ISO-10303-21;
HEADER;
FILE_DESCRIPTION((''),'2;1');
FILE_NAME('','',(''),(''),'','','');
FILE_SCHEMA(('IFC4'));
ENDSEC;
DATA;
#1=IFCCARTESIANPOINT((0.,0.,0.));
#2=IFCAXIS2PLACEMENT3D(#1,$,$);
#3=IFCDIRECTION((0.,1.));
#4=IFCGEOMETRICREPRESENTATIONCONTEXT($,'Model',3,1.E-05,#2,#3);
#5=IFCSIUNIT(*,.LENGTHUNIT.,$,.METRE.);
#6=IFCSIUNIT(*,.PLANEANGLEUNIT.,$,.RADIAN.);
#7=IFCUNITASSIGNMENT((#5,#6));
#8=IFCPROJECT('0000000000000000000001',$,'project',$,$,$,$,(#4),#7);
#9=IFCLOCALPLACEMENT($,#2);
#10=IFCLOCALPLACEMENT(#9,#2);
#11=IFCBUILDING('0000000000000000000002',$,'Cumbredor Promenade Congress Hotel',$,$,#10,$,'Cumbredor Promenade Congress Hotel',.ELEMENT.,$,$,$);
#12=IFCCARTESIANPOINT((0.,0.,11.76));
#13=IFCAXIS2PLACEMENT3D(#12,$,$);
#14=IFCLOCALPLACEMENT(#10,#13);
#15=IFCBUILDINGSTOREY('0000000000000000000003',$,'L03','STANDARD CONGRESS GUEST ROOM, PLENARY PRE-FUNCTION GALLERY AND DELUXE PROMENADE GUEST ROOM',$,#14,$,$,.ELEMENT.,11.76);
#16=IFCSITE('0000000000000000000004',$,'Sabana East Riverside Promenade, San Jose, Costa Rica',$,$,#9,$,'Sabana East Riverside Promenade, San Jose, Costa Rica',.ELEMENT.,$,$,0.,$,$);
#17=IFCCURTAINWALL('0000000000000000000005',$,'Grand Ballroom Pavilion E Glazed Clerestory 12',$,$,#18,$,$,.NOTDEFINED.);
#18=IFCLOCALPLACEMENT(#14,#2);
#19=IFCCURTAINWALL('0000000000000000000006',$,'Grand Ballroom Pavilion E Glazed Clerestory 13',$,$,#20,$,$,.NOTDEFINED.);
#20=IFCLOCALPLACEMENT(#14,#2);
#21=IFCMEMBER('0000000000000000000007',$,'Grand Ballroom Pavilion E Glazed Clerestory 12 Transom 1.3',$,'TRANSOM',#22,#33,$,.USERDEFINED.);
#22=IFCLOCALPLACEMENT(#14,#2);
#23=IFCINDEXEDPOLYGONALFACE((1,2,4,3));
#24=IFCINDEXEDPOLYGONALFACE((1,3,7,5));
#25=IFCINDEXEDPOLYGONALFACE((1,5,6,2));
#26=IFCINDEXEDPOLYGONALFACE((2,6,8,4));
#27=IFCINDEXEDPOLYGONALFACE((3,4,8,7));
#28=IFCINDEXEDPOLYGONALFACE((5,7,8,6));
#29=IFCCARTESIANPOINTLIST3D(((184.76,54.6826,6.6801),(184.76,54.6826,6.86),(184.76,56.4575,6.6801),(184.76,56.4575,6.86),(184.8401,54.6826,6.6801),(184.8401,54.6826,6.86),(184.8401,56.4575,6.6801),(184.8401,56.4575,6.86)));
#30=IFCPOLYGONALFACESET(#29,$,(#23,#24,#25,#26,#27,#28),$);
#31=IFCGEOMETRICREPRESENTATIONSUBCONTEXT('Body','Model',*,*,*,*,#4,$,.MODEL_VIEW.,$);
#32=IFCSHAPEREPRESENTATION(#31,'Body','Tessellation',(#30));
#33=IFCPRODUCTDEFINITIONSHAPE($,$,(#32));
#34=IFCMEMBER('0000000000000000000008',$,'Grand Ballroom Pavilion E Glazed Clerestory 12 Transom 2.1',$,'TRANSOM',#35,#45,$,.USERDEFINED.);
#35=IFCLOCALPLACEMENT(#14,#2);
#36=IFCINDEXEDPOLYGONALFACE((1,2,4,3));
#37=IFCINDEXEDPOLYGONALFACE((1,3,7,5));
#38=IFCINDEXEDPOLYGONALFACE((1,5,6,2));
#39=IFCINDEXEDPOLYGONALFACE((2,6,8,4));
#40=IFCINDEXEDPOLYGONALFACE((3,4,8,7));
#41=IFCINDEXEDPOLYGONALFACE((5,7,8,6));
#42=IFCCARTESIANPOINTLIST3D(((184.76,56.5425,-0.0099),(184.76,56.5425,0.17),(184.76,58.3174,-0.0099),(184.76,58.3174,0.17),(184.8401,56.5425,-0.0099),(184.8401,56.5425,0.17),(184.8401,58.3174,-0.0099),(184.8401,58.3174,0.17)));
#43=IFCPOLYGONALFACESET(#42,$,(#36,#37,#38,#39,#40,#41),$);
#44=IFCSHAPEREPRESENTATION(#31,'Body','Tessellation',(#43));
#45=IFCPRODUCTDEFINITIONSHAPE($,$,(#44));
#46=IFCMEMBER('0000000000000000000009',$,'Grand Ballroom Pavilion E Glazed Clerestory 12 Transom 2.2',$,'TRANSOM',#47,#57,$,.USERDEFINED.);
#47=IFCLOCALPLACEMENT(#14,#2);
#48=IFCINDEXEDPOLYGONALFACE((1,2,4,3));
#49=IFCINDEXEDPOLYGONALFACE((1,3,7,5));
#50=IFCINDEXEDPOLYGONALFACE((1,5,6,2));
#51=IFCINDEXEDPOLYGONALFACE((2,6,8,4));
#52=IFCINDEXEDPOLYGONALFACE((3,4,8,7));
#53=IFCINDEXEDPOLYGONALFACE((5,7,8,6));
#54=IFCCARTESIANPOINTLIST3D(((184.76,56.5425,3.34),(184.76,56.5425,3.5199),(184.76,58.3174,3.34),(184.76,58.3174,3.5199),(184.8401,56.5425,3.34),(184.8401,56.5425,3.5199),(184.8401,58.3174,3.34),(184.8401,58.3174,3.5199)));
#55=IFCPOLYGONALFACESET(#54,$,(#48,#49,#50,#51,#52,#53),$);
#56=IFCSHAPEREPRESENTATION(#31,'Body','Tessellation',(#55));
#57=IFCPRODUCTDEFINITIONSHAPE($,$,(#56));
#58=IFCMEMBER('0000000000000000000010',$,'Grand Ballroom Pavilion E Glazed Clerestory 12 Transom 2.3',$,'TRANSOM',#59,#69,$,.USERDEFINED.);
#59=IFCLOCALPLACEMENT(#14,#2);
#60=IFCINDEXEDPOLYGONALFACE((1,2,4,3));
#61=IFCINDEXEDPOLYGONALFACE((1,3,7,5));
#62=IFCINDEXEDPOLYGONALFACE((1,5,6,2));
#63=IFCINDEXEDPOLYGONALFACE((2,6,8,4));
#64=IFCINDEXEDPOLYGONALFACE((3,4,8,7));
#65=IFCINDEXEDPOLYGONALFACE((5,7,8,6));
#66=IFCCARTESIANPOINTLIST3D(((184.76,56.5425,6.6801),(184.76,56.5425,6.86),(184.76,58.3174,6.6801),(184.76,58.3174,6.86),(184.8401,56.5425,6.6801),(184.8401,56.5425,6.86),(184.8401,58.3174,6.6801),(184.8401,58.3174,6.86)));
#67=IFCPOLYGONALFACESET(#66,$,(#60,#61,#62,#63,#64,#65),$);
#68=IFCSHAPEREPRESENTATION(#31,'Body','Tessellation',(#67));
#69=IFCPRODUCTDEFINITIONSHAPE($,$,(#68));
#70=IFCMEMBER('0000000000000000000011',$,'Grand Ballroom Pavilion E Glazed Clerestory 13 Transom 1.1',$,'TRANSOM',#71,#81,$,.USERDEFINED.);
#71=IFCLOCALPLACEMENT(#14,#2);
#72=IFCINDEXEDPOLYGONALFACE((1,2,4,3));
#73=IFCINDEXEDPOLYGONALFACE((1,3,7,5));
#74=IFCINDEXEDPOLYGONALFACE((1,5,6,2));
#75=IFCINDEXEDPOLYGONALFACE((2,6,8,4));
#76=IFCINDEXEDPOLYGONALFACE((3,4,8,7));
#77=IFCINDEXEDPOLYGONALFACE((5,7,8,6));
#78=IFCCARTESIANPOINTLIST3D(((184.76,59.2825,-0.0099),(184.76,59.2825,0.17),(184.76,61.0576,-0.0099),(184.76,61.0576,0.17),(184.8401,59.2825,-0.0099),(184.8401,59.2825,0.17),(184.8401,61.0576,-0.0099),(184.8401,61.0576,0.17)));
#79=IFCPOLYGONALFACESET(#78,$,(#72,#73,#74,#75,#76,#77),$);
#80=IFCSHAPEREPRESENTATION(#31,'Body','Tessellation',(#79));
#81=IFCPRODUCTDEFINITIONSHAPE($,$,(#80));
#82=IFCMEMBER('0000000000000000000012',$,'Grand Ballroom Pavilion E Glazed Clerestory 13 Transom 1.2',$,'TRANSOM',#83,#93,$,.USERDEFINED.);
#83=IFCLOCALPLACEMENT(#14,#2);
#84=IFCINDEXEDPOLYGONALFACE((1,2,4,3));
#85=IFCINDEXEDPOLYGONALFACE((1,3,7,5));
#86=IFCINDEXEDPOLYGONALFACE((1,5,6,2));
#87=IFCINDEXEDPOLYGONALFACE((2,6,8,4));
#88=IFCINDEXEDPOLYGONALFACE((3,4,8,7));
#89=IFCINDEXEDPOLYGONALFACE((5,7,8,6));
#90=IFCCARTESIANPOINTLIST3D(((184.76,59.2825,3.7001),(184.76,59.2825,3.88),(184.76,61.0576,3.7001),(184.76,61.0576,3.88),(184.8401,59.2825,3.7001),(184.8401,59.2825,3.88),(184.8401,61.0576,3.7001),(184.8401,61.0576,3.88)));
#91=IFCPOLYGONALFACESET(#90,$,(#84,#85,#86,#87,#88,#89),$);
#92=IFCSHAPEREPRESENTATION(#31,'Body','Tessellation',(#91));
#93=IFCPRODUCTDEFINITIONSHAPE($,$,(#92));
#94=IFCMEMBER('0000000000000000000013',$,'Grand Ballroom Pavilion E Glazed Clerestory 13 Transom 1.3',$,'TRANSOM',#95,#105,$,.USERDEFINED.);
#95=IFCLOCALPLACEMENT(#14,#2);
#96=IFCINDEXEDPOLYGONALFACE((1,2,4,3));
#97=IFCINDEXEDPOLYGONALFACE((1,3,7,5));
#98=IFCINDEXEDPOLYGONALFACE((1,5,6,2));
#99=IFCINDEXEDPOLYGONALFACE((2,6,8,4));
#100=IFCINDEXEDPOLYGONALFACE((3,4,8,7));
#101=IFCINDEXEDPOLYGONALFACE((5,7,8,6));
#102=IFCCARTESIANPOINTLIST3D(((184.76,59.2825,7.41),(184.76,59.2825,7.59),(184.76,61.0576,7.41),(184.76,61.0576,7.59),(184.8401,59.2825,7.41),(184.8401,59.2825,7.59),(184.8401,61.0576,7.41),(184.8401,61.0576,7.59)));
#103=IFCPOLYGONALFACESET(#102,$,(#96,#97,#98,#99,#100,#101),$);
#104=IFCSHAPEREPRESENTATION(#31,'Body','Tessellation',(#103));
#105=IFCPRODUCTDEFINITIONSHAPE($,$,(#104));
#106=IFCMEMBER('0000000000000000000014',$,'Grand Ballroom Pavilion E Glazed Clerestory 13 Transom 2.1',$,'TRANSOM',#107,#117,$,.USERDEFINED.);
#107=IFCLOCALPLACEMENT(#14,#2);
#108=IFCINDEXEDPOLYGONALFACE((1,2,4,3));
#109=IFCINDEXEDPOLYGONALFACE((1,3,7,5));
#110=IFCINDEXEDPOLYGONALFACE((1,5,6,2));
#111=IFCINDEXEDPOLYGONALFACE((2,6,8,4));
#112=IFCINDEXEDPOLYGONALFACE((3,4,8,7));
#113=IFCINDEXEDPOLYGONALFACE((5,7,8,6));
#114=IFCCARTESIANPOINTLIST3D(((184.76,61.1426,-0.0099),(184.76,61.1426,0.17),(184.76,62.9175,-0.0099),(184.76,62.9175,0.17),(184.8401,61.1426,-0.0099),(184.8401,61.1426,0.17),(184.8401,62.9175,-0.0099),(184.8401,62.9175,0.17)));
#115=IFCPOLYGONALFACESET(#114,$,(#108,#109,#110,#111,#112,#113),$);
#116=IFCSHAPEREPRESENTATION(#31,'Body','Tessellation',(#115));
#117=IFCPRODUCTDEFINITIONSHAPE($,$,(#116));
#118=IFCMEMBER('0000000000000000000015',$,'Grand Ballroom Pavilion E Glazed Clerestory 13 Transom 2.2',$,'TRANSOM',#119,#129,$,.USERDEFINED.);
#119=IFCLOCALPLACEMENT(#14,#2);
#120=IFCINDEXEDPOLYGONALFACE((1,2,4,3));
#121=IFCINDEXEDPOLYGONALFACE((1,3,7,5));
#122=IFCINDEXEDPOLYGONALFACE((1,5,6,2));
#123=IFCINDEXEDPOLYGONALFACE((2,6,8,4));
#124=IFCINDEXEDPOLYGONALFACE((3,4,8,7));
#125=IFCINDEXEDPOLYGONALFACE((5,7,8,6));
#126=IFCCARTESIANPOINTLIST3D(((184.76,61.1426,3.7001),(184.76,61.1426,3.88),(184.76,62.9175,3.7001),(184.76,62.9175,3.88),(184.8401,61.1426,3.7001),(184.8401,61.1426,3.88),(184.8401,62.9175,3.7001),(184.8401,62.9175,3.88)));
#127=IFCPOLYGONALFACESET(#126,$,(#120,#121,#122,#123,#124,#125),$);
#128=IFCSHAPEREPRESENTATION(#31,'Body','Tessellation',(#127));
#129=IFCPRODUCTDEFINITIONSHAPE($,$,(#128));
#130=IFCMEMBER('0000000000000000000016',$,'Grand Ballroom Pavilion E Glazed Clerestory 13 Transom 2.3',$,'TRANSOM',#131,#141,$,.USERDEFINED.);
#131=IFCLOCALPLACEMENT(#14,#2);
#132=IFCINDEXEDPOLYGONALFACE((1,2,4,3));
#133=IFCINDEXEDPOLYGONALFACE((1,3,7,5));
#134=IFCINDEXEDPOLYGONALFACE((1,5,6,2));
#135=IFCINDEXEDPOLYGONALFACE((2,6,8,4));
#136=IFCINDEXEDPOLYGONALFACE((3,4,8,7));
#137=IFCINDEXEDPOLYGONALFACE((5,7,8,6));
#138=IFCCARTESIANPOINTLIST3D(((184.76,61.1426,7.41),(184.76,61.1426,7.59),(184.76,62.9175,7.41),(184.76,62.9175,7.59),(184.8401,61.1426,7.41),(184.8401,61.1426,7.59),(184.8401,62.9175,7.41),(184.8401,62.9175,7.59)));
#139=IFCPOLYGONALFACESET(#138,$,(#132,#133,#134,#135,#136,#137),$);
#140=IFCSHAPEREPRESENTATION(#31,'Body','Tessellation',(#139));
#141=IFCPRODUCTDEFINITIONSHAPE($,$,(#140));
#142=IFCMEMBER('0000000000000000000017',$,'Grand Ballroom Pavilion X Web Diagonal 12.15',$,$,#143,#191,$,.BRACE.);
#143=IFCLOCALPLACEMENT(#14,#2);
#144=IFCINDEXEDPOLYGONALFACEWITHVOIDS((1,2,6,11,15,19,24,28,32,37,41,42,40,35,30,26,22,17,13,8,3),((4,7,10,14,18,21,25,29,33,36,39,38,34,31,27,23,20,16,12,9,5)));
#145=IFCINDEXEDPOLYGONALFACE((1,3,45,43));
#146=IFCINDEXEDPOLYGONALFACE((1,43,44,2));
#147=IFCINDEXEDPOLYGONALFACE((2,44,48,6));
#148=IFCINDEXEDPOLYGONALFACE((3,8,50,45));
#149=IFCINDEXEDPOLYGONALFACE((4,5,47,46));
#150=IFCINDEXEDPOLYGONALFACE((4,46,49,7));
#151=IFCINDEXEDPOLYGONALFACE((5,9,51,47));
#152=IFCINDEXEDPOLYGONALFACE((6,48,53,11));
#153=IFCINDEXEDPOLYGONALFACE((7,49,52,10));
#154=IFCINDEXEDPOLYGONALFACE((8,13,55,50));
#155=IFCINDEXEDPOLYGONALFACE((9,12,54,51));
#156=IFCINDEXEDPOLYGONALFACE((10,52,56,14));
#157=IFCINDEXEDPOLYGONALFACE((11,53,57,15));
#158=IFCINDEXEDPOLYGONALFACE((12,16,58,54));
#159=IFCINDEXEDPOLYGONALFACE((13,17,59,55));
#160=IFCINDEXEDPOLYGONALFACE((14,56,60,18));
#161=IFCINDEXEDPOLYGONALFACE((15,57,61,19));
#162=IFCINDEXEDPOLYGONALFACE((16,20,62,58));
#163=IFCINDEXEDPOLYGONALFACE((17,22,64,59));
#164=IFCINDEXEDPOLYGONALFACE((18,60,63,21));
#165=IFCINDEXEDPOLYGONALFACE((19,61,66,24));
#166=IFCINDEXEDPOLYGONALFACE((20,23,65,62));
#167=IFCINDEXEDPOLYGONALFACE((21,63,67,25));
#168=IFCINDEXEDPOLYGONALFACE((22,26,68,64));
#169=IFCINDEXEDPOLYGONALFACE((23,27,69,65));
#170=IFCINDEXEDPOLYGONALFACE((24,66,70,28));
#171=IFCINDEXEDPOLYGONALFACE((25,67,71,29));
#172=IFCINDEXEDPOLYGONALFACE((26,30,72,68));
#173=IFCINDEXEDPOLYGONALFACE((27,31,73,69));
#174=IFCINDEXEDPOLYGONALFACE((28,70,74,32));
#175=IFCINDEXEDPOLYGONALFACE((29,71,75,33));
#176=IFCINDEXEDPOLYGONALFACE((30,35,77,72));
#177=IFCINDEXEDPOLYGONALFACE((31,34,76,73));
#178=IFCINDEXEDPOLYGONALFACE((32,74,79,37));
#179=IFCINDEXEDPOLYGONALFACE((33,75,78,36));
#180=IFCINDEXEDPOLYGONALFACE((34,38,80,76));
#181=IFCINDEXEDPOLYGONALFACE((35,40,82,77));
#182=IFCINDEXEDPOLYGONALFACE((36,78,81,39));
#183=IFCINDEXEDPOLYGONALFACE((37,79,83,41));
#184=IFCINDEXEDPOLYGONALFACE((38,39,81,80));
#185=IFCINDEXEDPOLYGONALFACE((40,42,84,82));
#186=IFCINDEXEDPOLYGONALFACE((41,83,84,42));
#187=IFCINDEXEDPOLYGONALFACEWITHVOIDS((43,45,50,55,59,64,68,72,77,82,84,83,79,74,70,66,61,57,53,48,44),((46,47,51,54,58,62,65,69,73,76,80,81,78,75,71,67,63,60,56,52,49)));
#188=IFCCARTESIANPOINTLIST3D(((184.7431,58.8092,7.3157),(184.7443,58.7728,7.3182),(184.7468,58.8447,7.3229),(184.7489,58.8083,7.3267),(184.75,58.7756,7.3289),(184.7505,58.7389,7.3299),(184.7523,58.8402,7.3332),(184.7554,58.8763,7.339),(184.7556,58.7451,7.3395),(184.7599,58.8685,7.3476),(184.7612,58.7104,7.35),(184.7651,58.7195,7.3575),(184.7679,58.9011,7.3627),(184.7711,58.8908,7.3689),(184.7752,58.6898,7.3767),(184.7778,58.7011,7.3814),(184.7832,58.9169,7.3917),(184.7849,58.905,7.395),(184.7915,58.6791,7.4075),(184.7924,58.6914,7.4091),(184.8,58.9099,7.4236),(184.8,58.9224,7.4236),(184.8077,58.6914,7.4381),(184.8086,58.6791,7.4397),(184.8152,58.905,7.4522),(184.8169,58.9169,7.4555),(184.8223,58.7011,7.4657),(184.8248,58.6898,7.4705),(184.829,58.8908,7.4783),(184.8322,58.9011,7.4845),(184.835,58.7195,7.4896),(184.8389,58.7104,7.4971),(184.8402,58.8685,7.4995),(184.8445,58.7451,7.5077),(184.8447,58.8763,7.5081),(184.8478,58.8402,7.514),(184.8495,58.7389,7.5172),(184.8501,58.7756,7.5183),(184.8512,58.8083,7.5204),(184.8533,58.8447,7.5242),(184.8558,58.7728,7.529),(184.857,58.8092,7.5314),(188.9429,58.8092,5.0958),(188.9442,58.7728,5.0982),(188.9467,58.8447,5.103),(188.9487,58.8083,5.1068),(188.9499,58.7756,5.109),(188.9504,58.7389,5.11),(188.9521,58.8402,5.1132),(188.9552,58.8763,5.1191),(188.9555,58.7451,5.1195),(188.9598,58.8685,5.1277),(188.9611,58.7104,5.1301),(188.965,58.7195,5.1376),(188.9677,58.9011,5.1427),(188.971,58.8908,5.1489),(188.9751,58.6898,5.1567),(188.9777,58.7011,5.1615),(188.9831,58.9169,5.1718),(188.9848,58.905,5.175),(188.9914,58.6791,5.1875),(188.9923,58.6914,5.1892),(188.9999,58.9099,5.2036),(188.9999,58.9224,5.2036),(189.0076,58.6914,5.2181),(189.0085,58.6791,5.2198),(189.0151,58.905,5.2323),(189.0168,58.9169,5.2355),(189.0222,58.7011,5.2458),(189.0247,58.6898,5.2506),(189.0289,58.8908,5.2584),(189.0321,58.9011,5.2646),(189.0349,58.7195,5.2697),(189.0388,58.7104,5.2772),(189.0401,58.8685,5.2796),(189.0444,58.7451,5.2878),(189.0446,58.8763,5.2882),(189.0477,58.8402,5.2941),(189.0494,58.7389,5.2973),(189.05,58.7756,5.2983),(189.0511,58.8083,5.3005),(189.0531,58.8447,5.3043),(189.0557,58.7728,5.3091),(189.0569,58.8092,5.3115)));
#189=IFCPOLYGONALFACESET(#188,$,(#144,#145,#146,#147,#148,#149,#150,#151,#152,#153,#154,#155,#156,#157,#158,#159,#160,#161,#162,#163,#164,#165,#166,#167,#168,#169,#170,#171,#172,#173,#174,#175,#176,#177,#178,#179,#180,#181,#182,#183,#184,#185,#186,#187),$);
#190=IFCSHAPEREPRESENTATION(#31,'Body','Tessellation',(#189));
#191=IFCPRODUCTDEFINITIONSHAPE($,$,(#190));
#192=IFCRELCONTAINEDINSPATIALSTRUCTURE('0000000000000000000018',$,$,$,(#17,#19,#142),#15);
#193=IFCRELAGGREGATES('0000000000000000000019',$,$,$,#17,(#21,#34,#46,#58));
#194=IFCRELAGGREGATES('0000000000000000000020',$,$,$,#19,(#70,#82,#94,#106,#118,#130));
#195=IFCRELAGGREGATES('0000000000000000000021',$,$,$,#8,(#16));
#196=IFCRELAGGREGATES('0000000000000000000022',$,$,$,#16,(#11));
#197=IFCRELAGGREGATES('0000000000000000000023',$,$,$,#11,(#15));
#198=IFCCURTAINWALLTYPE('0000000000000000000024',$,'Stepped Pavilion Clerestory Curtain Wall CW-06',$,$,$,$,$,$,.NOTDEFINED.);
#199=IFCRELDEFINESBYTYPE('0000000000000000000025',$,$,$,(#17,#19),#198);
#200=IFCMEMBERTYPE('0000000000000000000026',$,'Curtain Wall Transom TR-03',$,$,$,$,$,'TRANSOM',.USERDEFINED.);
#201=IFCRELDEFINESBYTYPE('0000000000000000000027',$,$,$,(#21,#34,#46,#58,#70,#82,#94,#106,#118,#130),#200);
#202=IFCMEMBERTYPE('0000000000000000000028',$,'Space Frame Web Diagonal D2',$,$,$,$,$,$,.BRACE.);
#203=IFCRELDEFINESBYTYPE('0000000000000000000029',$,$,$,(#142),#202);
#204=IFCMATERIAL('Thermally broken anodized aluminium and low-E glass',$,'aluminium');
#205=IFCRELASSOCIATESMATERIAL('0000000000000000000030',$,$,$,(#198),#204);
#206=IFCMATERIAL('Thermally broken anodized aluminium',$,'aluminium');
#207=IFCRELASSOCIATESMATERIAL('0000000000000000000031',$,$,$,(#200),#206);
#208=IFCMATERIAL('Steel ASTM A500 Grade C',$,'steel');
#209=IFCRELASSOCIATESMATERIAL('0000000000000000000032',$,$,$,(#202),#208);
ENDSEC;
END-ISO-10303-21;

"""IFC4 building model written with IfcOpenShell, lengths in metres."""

from ifc_helpers import new_model, si_unit, direction, frame, origin, origin_2d, place, context, subcontext, project, spatial, rectangle, hollow_circle, extrude, material, material_profile, profile_set, type_object, element, aggregate, save


model = new_model("IFC4")

# Units and contexts
model_context = context("Model", 3, precision=1e-05, world=origin(), true_north=direction((0.0, 1.0)))
body_context = subcontext(model_context, "Body", "Model", "MODEL_VIEW")
ifc_project = project(units=[si_unit("LENGTHUNIT", "METRE"), si_unit("PLANEANGLEUNIT", "RADIAN")], contexts=[model_context])

# Site, building, storey
site_placement = place(None, origin())
site = spatial("IfcSite", under=ifc_project, at=site_placement, Name="Sabana East Riverside Promenade, San Jose, Costa Rica", LongName="Sabana East Riverside Promenade, San Jose, Costa Rica", CompositionType="ELEMENT", RefElevation=0.0)
building_placement = place(site_placement, origin())
building = spatial("IfcBuilding", under=site, at=building_placement, Name="Cumbredor Promenade Congress Hotel", LongName="Cumbredor Promenade Congress Hotel", CompositionType="ELEMENT")
storey_placement = place(building_placement, frame((0.0, 0.0, 11.76)))
storey = spatial("IfcBuildingStorey", under=building, at=storey_placement, Name="L03", Description="STANDARD CONGRESS GUEST ROOM, PLENARY PRE-FUNCTION GALLERY AND DELUXE PROMENADE GUEST ROOM", CompositionType="ELEMENT", Elevation=11.76)

# Shared definitions
ifc_material_1 = material(Name="Steel ASTM A500 Grade C", Category="steel")

# Curtain walls
ifc_material_2 = material(Name="Thermally broken anodized aluminium and low-E glass", Category="aluminium")
curtain_wall_type = type_object("IfcCurtainWallType", Name="Stepped Pavilion Clerestory Curtain Wall CW-06", PredefinedType="NOTDEFINED", material=ifc_material_2)
curtain_wall_1_placement = place(storey_placement, origin())
curtain_wall_1 = element("IfcCurtainWall", 1, at=curtain_wall_1_placement, inside=storey, type_object=curtain_wall_type, Name="Grand Ballroom Pavilion E Glazed Clerestory 12", PredefinedType="NOTDEFINED")
ifc_material_3 = material(Name="Thermally broken anodized aluminium", Category="aluminium")
curtain_wall_2_placement = place(storey_placement, origin())
curtain_wall_2 = element("IfcCurtainWall", 2, at=curtain_wall_2_placement, inside=storey, type_object=curtain_wall_type, Name="Grand Ballroom Pavilion E Glazed Clerestory 13", PredefinedType="NOTDEFINED")

# Members
ifc_material_profile_1 = material_profile(ifc_material_3, rectangle(XDim=0.0801, YDim=0.1799, at=origin_2d()), Name="ALU TRANSOM 80x180")
ifc_profile_set_1 = profile_set([ifc_material_profile_1], Name="Thermally broken anodized aluminium")
member_type_1 = type_object("IfcMemberType", Name="Curtain Wall Transom TR-03", ElementType="TRANSOM", PredefinedType="USERDEFINED", material=ifc_profile_set_1)
member_1_placement = place(storey_placement, frame((184.8, 54.6826, 6.77), z_axis=(0.0, 1.0, 0.0), x_axis=(-1.0, 0.0, 0.0)))
member_1 = element("IfcMember", 3, at=member_1_placement, type_object=member_type_1, Name="Grand Ballroom Pavilion E Glazed Clerestory 12 Transom 1.3", ObjectType="TRANSOM", PredefinedType="USERDEFINED", context=body_context, shape_type="SweptSolid", body=[
    extrude(rectangle(XDim=0.0801, YDim=0.1799, at=origin_2d()), origin(), (0.0, 0.0, 1.0), 1.7749),
])
member_2_placement = place(storey_placement, frame((184.8, 56.5425, 0.0801), z_axis=(0.0, 1.0, 0.0), x_axis=(-1.0, 0.0, 0.0)))
member_2 = element("IfcMember", 4, at=member_2_placement, type_object=member_type_1, Name="Grand Ballroom Pavilion E Glazed Clerestory 12 Transom 2.1", ObjectType="TRANSOM", PredefinedType="USERDEFINED", context=body_context, shape_type="SweptSolid", body=[
    extrude(rectangle(XDim=0.0801, YDim=0.1799, at=origin_2d()), origin(), (0.0, 0.0, 1.0), 1.7749),
])
member_3_placement = place(storey_placement, frame((184.8, 56.5425, 3.4299), z_axis=(0.0, 1.0, 0.0), x_axis=(-1.0, 0.0, 0.0)))
member_3 = element("IfcMember", 5, at=member_3_placement, type_object=member_type_1, Name="Grand Ballroom Pavilion E Glazed Clerestory 12 Transom 2.2", ObjectType="TRANSOM", PredefinedType="USERDEFINED", context=body_context, shape_type="SweptSolid", body=[
    extrude(rectangle(XDim=0.0801, YDim=0.1799, at=origin_2d()), origin(), (0.0, 0.0, 1.0), 1.7749),
])
member_4_placement = place(storey_placement, frame((184.8, 56.5425, 6.77), z_axis=(0.0, 1.0, 0.0), x_axis=(-1.0, 0.0, 0.0)))
member_4 = element("IfcMember", 6, at=member_4_placement, type_object=member_type_1, Name="Grand Ballroom Pavilion E Glazed Clerestory 12 Transom 2.3", ObjectType="TRANSOM", PredefinedType="USERDEFINED", context=body_context, shape_type="SweptSolid", body=[
    extrude(rectangle(XDim=0.0801, YDim=0.1799, at=origin_2d()), origin(), (0.0, 0.0, 1.0), 1.7749),
])
member_5_placement = place(storey_placement, frame((184.8, 59.2825, 0.0801), z_axis=(0.0, 1.0, 0.0), x_axis=(-1.0, 0.0, 0.0)))
member_5 = element("IfcMember", 7, at=member_5_placement, type_object=member_type_1, Name="Grand Ballroom Pavilion E Glazed Clerestory 13 Transom 1.1", ObjectType="TRANSOM", PredefinedType="USERDEFINED", context=body_context, shape_type="SweptSolid", body=[
    extrude(rectangle(XDim=0.0801, YDim=0.1799, at=origin_2d()), origin(), (0.0, 0.0, 1.0), 1.7751),
])
member_6_placement = place(storey_placement, frame((184.8, 59.2825, 3.79), z_axis=(0.0, 1.0, 0.0), x_axis=(-1.0, 0.0, 0.0)))
member_6 = element("IfcMember", 8, at=member_6_placement, type_object=member_type_1, Name="Grand Ballroom Pavilion E Glazed Clerestory 13 Transom 1.2", ObjectType="TRANSOM", PredefinedType="USERDEFINED", context=body_context, shape_type="SweptSolid", body=[
    extrude(rectangle(XDim=0.0801, YDim=0.1799, at=origin_2d()), origin(), (0.0, 0.0, 1.0), 1.7751),
])
member_7_placement = place(storey_placement, frame((184.8, 59.2825, 7.5), z_axis=(0.0, 1.0, 0.0), x_axis=(-1.0, 0.0, 0.0)))
member_7 = element("IfcMember", 9, at=member_7_placement, type_object=member_type_1, Name="Grand Ballroom Pavilion E Glazed Clerestory 13 Transom 1.3", ObjectType="TRANSOM", PredefinedType="USERDEFINED", context=body_context, shape_type="SweptSolid", body=[
    extrude(rectangle(XDim=0.0801, YDim=0.1799, at=origin_2d()), origin(), (0.0, 0.0, 1.0), 1.7751),
])
member_8_placement = place(storey_placement, frame((184.8, 61.1426, 0.0801), z_axis=(0.0, 1.0, 0.0), x_axis=(-1.0, 0.0, 0.0)))
member_8 = element("IfcMember", 10, at=member_8_placement, type_object=member_type_1, Name="Grand Ballroom Pavilion E Glazed Clerestory 13 Transom 2.1", ObjectType="TRANSOM", PredefinedType="USERDEFINED", context=body_context, shape_type="SweptSolid", body=[
    extrude(rectangle(XDim=0.0801, YDim=0.1799, at=origin_2d()), origin(), (0.0, 0.0, 1.0), 1.7749),
])
member_9_placement = place(storey_placement, frame((184.8, 61.1426, 3.79), z_axis=(0.0, 1.0, 0.0), x_axis=(-1.0, 0.0, 0.0)))
member_9 = element("IfcMember", 11, at=member_9_placement, type_object=member_type_1, Name="Grand Ballroom Pavilion E Glazed Clerestory 13 Transom 2.2", ObjectType="TRANSOM", PredefinedType="USERDEFINED", context=body_context, shape_type="SweptSolid", body=[
    extrude(rectangle(XDim=0.0801, YDim=0.1799, at=origin_2d()), origin(), (0.0, 0.0, 1.0), 1.7749),
])
member_10_placement = place(storey_placement, frame((184.8, 61.1426, 7.5), z_axis=(0.0, 1.0, 0.0), x_axis=(-1.0, 0.0, 0.0)))
member_10 = element("IfcMember", 12, at=member_10_placement, type_object=member_type_1, Name="Grand Ballroom Pavilion E Glazed Clerestory 13 Transom 2.3", ObjectType="TRANSOM", PredefinedType="USERDEFINED", context=body_context, shape_type="SweptSolid", body=[
    extrude(rectangle(XDim=0.0801, YDim=0.1799, at=origin_2d()), origin(), (0.0, 0.0, 1.0), 1.7749),
])

# Member
ifc_material_profile_2 = material_profile(ifc_material_1, hollow_circle(Radius=0.1223, WallThickness=0.0125, at=origin_2d()), Name="CHS 244.5x12.5")
ifc_profile_set_2 = profile_set([ifc_material_profile_2], Name="Steel ASTM A500 Grade C")
member_type_2 = type_object("IfcMemberType", Name="Space Frame Web Diagonal D2", PredefinedType="BRACE", material=ifc_profile_set_2)
member_11_placement = place(storey_placement, frame((184.8, 58.8, 7.4236), z_axis=(0.884095, 0.0, -0.467307), x_axis=(0.0, 1.0, 0.0)))
element("IfcMember", 13, at=member_11_placement, inside=storey, type_object=member_type_2, Name="Grand Ballroom Pavilion X Web Diagonal 12.15", PredefinedType="BRACE", context=body_context, shape_type="SweptSolid", body=[
    extrude(hollow_circle(Radius=0.1223, WallThickness=0.0125, at=origin_2d()), origin(), (0.0, 0.0, 1.0), 4.7505),
])

aggregate(curtain_wall_1, [member_1, member_2, member_3, member_4])
aggregate(curtain_wall_2, [member_5, member_6, member_7, member_8, member_9, member_10])

save(model, "model.ifc")
